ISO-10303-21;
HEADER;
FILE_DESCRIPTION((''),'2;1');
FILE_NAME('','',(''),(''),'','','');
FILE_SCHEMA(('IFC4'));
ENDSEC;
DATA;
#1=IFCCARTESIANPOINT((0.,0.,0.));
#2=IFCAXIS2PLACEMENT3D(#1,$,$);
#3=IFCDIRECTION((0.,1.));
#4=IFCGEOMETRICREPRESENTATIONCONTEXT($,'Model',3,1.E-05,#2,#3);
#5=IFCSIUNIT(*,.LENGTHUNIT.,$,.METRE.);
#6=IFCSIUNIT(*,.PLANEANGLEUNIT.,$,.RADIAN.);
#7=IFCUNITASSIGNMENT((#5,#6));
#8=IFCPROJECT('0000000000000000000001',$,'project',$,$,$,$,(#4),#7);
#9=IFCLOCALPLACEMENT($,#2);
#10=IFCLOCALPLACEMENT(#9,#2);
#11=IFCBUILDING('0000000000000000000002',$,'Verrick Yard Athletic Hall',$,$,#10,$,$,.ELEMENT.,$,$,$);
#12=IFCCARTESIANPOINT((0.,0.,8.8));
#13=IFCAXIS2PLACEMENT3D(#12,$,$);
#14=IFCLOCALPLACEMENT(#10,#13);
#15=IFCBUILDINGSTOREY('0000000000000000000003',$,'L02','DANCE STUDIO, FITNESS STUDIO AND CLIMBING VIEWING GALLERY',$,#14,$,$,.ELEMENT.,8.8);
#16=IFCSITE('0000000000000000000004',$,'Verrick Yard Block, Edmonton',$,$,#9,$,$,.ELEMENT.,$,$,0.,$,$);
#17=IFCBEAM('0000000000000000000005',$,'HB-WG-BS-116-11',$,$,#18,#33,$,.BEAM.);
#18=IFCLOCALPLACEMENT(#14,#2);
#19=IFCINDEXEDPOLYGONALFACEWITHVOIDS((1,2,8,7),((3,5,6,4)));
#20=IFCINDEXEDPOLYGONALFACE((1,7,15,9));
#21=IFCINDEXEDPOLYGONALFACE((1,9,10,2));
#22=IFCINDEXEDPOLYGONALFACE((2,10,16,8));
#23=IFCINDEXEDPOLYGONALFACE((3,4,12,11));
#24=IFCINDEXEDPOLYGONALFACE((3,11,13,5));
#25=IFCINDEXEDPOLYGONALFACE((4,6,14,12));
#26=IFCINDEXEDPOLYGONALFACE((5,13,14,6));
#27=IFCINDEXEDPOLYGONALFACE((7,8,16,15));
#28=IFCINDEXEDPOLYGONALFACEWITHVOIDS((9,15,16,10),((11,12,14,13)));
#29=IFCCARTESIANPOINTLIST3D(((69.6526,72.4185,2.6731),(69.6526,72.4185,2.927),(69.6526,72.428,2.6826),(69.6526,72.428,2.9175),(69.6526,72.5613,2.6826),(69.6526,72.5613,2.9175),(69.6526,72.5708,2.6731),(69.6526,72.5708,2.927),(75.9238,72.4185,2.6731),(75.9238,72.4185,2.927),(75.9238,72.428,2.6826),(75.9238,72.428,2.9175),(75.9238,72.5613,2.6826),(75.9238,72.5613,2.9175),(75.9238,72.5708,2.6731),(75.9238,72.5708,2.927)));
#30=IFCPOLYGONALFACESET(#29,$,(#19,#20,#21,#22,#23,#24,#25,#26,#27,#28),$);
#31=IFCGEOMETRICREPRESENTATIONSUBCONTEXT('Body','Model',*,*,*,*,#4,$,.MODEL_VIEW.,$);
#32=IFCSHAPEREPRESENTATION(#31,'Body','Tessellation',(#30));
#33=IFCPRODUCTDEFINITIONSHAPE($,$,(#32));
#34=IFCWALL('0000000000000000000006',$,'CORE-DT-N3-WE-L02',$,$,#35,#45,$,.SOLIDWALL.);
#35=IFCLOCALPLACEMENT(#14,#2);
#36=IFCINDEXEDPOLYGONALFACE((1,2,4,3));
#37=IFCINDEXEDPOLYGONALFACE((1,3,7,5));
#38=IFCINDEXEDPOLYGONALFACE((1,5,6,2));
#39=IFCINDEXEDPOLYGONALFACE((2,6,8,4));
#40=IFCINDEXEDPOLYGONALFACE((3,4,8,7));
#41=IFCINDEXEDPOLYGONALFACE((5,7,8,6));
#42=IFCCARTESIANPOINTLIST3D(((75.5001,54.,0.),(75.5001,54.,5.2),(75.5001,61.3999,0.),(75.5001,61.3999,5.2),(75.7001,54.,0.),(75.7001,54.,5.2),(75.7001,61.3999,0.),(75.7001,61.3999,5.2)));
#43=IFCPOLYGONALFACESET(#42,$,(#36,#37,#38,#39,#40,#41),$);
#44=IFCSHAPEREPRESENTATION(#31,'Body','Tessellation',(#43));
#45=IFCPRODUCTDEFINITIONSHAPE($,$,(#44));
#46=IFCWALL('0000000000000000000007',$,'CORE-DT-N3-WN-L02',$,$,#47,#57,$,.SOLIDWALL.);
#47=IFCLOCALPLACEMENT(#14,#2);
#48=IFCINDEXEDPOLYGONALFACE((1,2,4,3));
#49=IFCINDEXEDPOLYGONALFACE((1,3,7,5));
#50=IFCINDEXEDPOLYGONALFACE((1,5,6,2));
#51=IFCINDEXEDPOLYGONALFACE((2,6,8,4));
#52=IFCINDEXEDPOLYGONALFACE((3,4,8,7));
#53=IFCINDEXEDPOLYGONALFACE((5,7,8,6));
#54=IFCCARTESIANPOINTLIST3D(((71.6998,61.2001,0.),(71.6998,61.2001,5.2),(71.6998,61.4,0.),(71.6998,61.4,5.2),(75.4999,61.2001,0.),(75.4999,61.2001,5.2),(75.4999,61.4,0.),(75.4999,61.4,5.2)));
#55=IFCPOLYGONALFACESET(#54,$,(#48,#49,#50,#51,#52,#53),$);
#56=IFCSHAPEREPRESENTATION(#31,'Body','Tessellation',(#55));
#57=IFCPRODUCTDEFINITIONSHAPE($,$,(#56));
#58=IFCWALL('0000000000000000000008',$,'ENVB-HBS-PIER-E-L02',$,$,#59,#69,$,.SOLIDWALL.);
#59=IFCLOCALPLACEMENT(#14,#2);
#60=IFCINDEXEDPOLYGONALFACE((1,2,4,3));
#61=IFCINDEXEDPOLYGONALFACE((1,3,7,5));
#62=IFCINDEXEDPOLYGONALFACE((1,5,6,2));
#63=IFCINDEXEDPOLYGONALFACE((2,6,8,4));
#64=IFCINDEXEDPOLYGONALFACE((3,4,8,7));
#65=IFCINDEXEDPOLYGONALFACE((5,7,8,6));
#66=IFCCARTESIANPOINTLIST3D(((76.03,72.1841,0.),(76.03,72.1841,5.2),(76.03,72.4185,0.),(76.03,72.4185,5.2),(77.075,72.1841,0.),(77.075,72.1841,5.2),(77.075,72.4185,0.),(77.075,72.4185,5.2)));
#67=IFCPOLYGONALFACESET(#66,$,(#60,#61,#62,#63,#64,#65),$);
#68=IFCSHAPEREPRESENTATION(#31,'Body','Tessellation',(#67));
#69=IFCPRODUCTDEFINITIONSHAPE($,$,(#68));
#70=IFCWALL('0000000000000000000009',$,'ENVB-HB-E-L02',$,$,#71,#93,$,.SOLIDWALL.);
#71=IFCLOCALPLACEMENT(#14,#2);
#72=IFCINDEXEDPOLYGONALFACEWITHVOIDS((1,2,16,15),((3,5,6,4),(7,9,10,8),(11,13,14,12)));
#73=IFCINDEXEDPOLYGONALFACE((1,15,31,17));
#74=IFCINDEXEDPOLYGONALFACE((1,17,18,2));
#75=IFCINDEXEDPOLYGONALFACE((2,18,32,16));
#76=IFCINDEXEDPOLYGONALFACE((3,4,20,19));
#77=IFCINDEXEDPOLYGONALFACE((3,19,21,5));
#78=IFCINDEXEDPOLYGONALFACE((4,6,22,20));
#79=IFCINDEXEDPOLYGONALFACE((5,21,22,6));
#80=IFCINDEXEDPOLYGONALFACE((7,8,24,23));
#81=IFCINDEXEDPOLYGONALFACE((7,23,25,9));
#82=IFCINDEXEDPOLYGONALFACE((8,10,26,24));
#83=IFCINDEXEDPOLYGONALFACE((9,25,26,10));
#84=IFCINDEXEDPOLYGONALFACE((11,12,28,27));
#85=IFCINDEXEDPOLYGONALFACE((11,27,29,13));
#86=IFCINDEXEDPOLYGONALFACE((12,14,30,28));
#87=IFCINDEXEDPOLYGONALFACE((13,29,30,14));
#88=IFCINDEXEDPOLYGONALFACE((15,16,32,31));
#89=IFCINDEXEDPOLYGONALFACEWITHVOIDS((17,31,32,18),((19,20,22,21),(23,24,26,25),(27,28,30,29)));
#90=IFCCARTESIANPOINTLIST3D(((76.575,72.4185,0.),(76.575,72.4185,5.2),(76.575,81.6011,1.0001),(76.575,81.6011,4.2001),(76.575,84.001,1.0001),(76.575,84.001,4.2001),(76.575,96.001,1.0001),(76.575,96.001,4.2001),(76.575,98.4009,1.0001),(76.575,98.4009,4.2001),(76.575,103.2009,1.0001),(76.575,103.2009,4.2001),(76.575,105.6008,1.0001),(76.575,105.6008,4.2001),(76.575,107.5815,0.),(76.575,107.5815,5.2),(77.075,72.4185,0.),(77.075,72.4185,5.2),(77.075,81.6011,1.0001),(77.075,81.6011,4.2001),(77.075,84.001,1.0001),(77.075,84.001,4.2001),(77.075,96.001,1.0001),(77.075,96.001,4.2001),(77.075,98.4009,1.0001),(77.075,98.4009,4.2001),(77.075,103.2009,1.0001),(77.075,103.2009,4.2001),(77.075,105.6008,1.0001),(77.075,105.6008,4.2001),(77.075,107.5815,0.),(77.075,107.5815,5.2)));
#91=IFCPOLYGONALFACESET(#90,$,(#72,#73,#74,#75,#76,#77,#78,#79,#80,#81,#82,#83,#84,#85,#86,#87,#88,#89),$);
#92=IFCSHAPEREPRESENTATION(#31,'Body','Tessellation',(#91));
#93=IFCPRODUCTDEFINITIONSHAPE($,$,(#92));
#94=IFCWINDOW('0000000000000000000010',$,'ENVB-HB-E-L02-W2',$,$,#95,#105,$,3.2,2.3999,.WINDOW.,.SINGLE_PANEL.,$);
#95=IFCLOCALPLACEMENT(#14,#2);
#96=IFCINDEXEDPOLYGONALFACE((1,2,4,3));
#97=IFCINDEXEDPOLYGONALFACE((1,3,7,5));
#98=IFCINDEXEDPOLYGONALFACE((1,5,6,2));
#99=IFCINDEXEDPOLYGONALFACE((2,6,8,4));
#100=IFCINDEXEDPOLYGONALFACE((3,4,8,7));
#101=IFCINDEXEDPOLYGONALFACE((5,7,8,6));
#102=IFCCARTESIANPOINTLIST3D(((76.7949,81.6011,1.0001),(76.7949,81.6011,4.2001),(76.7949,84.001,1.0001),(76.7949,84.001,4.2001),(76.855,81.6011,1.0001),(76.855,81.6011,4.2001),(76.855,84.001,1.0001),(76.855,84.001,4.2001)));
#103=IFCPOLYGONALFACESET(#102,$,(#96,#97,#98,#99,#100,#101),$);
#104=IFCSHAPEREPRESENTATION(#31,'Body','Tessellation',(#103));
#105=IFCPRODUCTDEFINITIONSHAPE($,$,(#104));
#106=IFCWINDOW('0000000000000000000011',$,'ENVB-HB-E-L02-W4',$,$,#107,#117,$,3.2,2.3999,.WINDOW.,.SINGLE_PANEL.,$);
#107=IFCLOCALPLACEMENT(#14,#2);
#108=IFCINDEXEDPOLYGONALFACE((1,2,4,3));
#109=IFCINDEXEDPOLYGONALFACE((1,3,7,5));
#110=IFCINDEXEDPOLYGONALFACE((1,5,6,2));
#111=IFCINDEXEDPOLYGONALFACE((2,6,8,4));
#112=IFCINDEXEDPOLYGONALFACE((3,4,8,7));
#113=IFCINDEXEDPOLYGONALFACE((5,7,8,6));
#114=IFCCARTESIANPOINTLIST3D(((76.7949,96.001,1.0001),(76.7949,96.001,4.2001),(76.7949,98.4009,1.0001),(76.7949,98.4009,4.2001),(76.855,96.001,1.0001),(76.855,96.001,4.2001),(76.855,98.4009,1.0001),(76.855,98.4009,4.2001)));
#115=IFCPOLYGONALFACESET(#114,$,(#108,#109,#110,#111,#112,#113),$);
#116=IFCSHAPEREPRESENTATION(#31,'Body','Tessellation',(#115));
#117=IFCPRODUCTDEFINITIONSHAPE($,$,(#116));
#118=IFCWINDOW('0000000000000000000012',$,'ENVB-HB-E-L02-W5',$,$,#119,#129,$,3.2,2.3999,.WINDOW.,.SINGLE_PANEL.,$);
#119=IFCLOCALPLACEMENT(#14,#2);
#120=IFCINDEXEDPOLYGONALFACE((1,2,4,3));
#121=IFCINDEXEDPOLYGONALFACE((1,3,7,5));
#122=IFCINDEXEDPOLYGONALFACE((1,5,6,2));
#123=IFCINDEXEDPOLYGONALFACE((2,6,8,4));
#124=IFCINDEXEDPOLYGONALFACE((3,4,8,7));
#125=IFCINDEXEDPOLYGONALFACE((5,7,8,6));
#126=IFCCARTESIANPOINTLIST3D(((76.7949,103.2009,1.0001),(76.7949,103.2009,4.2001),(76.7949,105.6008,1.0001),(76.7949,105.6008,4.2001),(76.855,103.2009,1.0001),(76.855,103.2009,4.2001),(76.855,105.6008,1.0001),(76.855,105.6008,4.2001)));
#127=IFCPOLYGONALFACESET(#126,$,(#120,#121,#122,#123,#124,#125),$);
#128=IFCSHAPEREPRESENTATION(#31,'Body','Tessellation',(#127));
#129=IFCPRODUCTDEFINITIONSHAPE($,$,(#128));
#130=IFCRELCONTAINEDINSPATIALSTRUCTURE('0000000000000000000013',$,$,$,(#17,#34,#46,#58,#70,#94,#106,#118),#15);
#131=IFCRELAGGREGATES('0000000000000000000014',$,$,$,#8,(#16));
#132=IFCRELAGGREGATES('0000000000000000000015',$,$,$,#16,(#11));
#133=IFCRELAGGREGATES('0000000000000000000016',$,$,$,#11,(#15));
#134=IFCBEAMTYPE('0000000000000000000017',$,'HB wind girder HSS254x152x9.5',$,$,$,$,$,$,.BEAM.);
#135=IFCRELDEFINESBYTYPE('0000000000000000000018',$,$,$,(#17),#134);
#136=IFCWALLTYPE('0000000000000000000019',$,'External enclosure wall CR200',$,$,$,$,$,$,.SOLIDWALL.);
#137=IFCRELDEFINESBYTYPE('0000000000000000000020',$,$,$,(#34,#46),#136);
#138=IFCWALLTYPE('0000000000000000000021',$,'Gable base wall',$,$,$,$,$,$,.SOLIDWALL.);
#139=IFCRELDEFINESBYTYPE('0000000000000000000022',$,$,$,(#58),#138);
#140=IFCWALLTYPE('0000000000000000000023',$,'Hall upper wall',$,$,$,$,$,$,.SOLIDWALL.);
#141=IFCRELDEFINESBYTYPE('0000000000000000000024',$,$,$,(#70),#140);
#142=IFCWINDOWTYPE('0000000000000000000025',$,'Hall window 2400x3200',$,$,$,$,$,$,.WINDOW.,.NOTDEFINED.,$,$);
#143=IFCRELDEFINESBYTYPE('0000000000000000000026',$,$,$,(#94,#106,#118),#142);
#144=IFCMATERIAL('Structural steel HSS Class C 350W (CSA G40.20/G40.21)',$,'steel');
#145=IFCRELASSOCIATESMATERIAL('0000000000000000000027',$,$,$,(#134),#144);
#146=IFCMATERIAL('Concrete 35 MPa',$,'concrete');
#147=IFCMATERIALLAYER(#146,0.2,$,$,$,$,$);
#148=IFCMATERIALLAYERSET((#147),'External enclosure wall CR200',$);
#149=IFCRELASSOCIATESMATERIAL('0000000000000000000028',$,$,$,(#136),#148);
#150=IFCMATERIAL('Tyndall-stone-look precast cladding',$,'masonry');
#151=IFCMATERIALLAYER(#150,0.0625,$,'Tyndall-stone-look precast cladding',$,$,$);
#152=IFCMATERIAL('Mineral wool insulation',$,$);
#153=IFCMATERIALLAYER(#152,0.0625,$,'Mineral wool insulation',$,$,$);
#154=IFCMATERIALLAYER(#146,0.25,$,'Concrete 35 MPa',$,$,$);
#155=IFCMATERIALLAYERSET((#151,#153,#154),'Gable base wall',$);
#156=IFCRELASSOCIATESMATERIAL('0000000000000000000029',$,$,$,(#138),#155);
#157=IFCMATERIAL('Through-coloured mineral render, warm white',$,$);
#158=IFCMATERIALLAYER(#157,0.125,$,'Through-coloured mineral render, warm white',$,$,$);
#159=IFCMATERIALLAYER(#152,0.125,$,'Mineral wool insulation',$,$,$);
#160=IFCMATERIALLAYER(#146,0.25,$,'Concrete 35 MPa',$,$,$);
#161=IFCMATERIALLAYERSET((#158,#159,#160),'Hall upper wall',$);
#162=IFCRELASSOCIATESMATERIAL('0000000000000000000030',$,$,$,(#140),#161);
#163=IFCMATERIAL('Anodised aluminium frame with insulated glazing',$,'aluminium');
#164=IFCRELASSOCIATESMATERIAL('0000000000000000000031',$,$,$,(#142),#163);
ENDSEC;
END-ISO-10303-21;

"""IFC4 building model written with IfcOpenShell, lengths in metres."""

from ifc_helpers import new_model, si_unit, direction, frame, frame_2d, origin, origin_2d, place, context, subcontext, project, spatial, rectangle, hollow_rectangle, extrude, material, layer, layer_set, material_profile, profile_set, type_object, element, fill, save


model = new_model("IFC4")

# Units and contexts
model_context = context("Model", 3, precision=1e-05, world=origin(), true_north=direction((0.0, 1.0)))
body_context = subcontext(model_context, "Body", "Model", "MODEL_VIEW")
ifc_project = project(units=[si_unit("LENGTHUNIT", "METRE"), si_unit("PLANEANGLEUNIT", "RADIAN")], contexts=[model_context])

# Site, building, storey
site_placement = place(None, origin())
site = spatial("IfcSite", under=ifc_project, at=site_placement, Name="Verrick Yard Block, Edmonton", CompositionType="ELEMENT", RefElevation=0.0)
building_placement = place(site_placement, origin())
building = spatial("IfcBuilding", under=site, at=building_placement, Name="Verrick Yard Athletic Hall", CompositionType="ELEMENT")
storey_placement = place(building_placement, frame((0.0, 0.0, 8.8)))
storey = spatial("IfcBuildingStorey", under=building, at=storey_placement, Name="L02", Description="DANCE STUDIO, FITNESS STUDIO AND CLIMBING VIEWING GALLERY", CompositionType="ELEMENT", Elevation=8.8)

# Shared definitions
ifc_material_1 = material(Name="Structural steel HSS Class C 350W (CSA G40.20/G40.21)", Category="steel")

# Beam
ifc_material_profile_1 = material_profile(ifc_material_1, hollow_rectangle(XDim=0.1523, YDim=0.2539, WallThickness=0.0095, at=origin_2d()), Name="HSS254x152x9.5")
ifc_profile_set_1 = profile_set([ifc_material_profile_1], Name="Structural steel HSS Class C 350W (CSA G40.20/G40.21)")
beam_type_1 = type_object("IfcBeamType", Name="HB wind girder HSS254x152x9.5", PredefinedType="BEAM", material=ifc_profile_set_1)
beam_1_placement = place(storey_placement, frame((69.6526, 72.4946, 2.8), z_axis=(1.0, 0.0, 0.0), x_axis=(0.0, 1.0, 0.0)))
element("IfcBeam", 1, at=beam_1_placement, inside=storey, type_object=beam_type_1, Name="HB-WG-BS-116-11", PredefinedType="BEAM", context=body_context, shape_type="SweptSolid", body=[
    extrude(hollow_rectangle(XDim=0.1523, YDim=0.2539, WallThickness=0.0095, at=origin_2d()), origin(), (0.0, 0.0, 1.0), 6.2712),
])

# Walls
ifc_material_2 = material(Name="Concrete 35 MPa", Category="concrete")
ifc_layer_1 = layer(ifc_material_2, 0.2)
ifc_layer_set_1 = layer_set([ifc_layer_1], Name="External enclosure wall CR200")
wall_type_1 = type_object("IfcWallType", Name="External enclosure wall CR200", PredefinedType="SOLIDWALL", material=ifc_layer_set_1)
wall_1_placement = place(storey_placement, frame((75.6001, 61.3999, 0.0), z_axis=(0.0, 0.0, 1.0), x_axis=(0.0, -1.0, 0.0)))
element("IfcWall", 2, at=wall_1_placement, inside=storey, type_object=wall_type_1, Name="CORE-DT-N3-WE-L02", PredefinedType="SOLIDWALL", context=body_context, shape_type="SweptSolid", body=[
    extrude(rectangle(XDim=7.3999, YDim=0.2, at=frame_2d((3.7, 0.0))), origin(), (0.0, 0.0, 1.0), 5.2),
])
wall_2_placement = place(storey_placement, frame((71.7, 61.3, 0.0), z_axis=(0.0, 0.0, 1.0), x_axis=(1.0, 0.0, 0.0)))
element("IfcWall", 3, at=wall_2_placement, inside=storey, type_object=wall_type_1, Name="CORE-DT-N3-WN-L02", PredefinedType="SOLIDWALL", context=body_context, shape_type="SweptSolid", body=[
    extrude(rectangle(XDim=3.8, YDim=0.2, at=frame_2d((1.8999, 0.0))), origin(), (0.0, 0.0, 1.0), 5.2),
])
ifc_material_3 = material(Name="Tyndall-stone-look precast cladding", Category="masonry")
ifc_layer_2 = layer(ifc_material_3, 0.0625, Name="Tyndall-stone-look precast cladding")
ifc_material_4 = material(Name="Mineral wool insulation")
ifc_layer_3 = layer(ifc_material_4, 0.0625, Name="Mineral wool insulation")
ifc_layer_4 = layer(ifc_material_2, 0.25, Name="Concrete 35 MPa")
ifc_layer_set_2 = layer_set([ifc_layer_2, ifc_layer_3, ifc_layer_4], Name="Gable base wall")
wall_type_2 = type_object("IfcWallType", Name="Gable base wall", PredefinedType="SOLIDWALL", material=ifc_layer_set_2)
wall_3_placement = place(storey_placement, frame((76.03, 72.3013, 0.0), z_axis=(0.0, 0.0, 1.0), x_axis=(1.0, 0.0, 0.0)))
element("IfcWall", 4, at=wall_3_placement, inside=storey, type_object=wall_type_2, Name="ENVB-HBS-PIER-E-L02", PredefinedType="SOLIDWALL", context=body_context, shape_type="SweptSolid", body=[
    extrude(rectangle(XDim=1.0449, YDim=0.2344, at=frame_2d((0.5225, 0.0))), origin(), (0.0, 0.0, 1.0), 5.2),
])

# Wall, openings, windows
ifc_material_5 = material(Name="Through-coloured mineral render, warm white")
ifc_layer_5 = layer(ifc_material_5, 0.125, Name="Through-coloured mineral render, warm white")
ifc_layer_6 = layer(ifc_material_4, 0.125, Name="Mineral wool insulation")
ifc_layer_7 = layer(ifc_material_2, 0.25, Name="Concrete 35 MPa")
ifc_layer_set_3 = layer_set([ifc_layer_5, ifc_layer_6, ifc_layer_7], Name="Hall upper wall")
wall_type_3 = type_object("IfcWallType", Name="Hall upper wall", PredefinedType="SOLIDWALL", material=ifc_layer_set_3)
wall_4_placement = place(storey_placement, frame((76.825, 72.4185, 0.0), z_axis=(0.0, 0.0, 1.0), x_axis=(0.0, 1.0, 0.0)))
wall_4 = element("IfcWall", 5, at=wall_4_placement, inside=storey, type_object=wall_type_3, Name="ENVB-HB-E-L02", PredefinedType="SOLIDWALL", context=body_context, shape_type="SweptSolid", body=[
    extrude(rectangle(XDim=35.1631, YDim=0.5, at=frame_2d((17.5815, 0.0))), origin(), (0.0, 0.0, 1.0), 5.2),
])
opening_1_placement = place(wall_4_placement, frame((9.1826, 0.0, 1.0)))
opening_1 = element("IfcOpeningElement", 6, at=opening_1_placement, cuts=wall_4, PredefinedType="OPENING", context=body_context, shape_type="SweptSolid", body=[
    extrude(rectangle(XDim=2.3999, YDim=3.2, at=frame_2d((1.2, 1.6001))), frame((0.0, 0.26, 0.0), z_axis=(0.0, -1.0, 0.0), x_axis=(1.0, 0.0, 0.0)), (0.0, 0.0, 1.0), 0.52),
])
opening_2_placement = place(wall_4_placement, frame((23.5825, 0.0, 1.0)))
opening_2 = element("IfcOpeningElement", 7, at=opening_2_placement, cuts=wall_4, PredefinedType="OPENING", context=body_context, shape_type="SweptSolid", body=[
    extrude(rectangle(XDim=2.3999, YDim=3.2, at=frame_2d((1.2, 1.6001))), frame((0.0, 0.26, 0.0), z_axis=(0.0, -1.0, 0.0), x_axis=(1.0, 0.0, 0.0)), (0.0, 0.0, 1.0), 0.52),
])
opening_3_placement = place(wall_4_placement, frame((30.7825, 0.0, 1.0)))
opening_3 = element("IfcOpeningElement", 8, at=opening_3_placement, cuts=wall_4, PredefinedType="OPENING", context=body_context, shape_type="SweptSolid", body=[
    extrude(rectangle(XDim=2.3999, YDim=3.2, at=frame_2d((1.2, 1.6001))), frame((0.0, 0.26, 0.0), z_axis=(0.0, -1.0, 0.0), x_axis=(1.0, 0.0, 0.0)), (0.0, 0.0, 1.0), 0.52),
])
ifc_material_6 = material(Name="Anodised aluminium frame with insulated glazing", Category="aluminium")
window_type = type_object("IfcWindowType", Name="Hall window 2400x3200", PartitioningType="NOTDEFINED", PredefinedType="WINDOW", material=ifc_material_6)
window_1_placement = place(opening_1_placement, origin())
window_1 = element("IfcWindow", 9, at=window_1_placement, inside=storey, type_object=window_type, Name="ENVB-HB-E-L02-W2", OverallHeight=3.2, OverallWidth=2.3999, PartitioningType="SINGLE_PANEL", PredefinedType="WINDOW", context=body_context, shape_type="SweptSolid", body=[
    extrude(rectangle(XDim=2.3999, YDim=3.2, at=frame_2d((1.2, 1.6001))), frame((0.0, 0.03, 0.0), z_axis=(0.0, -1.0, 0.0), x_axis=(1.0, 0.0, 0.0)), (0.0, 0.0, 1.0), 0.0601),
])
fill(opening_1, window_1)
window_2_placement = place(opening_2_placement, origin())
window_2 = element("IfcWindow", 10, at=window_2_placement, inside=storey, type_object=window_type, Name="ENVB-HB-E-L02-W4", OverallHeight=3.2, OverallWidth=2.3999, PartitioningType="SINGLE_PANEL", PredefinedType="WINDOW", context=body_context, shape_type="SweptSolid", body=[
    extrude(rectangle(XDim=2.3999, YDim=3.2, at=frame_2d((1.2, 1.6001))), frame((0.0, 0.03, 0.0), z_axis=(0.0, -1.0, 0.0), x_axis=(1.0, 0.0, 0.0)), (0.0, 0.0, 1.0), 0.0601),
])
fill(opening_2, window_2)
window_3_placement = place(opening_3_placement, origin())
window_3 = element("IfcWindow", 11, at=window_3_placement, inside=storey, type_object=window_type, Name="ENVB-HB-E-L02-W5", OverallHeight=3.2, OverallWidth=2.3999, PartitioningType="SINGLE_PANEL", PredefinedType="WINDOW", context=body_context, shape_type="SweptSolid", body=[
    extrude(rectangle(XDim=2.3999, YDim=3.2, at=frame_2d((1.2, 1.6001))), frame((0.0, 0.03, 0.0), z_axis=(0.0, -1.0, 0.0), x_axis=(1.0, 0.0, 0.0)), (0.0, 0.0, 1.0), 0.0601),
])
fill(opening_3, window_3)

save(model, "model.ifc")
